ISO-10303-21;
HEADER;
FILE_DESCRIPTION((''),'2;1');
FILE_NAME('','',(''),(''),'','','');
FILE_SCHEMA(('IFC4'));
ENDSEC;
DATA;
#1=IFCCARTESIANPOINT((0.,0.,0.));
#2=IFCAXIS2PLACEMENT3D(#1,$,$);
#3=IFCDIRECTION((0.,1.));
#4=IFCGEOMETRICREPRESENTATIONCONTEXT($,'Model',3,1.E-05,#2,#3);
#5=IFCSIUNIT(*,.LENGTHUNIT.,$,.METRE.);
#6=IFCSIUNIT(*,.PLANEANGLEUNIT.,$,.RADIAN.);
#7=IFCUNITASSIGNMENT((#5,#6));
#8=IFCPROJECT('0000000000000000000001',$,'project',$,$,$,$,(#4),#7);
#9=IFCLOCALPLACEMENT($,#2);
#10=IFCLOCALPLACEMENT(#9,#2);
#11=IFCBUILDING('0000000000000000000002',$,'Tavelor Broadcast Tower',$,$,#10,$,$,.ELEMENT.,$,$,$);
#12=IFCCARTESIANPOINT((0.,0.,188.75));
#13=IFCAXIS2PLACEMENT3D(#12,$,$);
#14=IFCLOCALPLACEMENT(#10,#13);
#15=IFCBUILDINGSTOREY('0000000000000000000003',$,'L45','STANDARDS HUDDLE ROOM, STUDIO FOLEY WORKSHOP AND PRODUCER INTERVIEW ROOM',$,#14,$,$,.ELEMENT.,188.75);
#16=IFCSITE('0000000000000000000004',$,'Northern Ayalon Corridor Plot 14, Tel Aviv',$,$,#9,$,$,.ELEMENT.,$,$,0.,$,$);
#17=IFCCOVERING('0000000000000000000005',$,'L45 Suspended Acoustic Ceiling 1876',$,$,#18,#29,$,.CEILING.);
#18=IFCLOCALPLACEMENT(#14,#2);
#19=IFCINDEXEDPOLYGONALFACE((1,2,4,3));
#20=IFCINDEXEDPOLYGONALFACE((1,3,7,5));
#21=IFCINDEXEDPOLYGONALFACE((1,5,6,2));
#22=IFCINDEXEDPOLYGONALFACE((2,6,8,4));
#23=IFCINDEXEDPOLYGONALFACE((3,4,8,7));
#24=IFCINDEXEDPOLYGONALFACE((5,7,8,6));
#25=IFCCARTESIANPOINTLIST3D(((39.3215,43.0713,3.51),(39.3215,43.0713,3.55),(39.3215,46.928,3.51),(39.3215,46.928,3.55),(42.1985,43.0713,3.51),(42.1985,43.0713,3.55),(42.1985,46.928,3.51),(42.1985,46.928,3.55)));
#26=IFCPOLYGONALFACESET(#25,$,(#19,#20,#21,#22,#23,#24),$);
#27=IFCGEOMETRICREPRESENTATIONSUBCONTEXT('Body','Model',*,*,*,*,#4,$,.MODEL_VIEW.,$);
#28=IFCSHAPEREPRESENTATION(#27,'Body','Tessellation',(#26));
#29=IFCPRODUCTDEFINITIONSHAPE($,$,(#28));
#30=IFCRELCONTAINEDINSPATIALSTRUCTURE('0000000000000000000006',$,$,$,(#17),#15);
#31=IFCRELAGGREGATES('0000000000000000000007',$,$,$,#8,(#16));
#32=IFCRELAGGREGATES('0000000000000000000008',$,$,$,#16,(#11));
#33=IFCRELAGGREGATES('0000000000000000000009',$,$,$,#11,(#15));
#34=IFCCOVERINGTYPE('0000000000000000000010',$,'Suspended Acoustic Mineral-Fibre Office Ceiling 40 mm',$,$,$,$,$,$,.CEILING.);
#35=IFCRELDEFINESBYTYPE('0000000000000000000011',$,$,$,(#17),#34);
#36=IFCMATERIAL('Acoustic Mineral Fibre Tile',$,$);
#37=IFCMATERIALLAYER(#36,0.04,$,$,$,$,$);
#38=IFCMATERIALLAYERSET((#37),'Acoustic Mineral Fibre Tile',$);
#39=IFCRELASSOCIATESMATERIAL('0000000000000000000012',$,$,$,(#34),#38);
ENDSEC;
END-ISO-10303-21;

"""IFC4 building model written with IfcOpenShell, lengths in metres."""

from ifc_helpers import new_model, si_unit, direction, frame, origin, place, context, subcontext, project, spatial, polyline, outline, extrude, material, layer, layer_set, type_object, element, save


model = new_model("IFC4")

# Units and contexts
model_context = context("Model", 3, precision=1e-05, world=origin(), true_north=direction((0.0, 1.0)))
body_context = subcontext(model_context, "Body", "Model", "MODEL_VIEW")
ifc_project = project(units=[si_unit("LENGTHUNIT", "METRE"), si_unit("PLANEANGLEUNIT", "RADIAN")], contexts=[model_context])

# Site, building, storey
site_placement = place(None, origin())
site = spatial("IfcSite", under=ifc_project, at=site_placement, Name="Northern Ayalon Corridor Plot 14, Tel Aviv", CompositionType="ELEMENT", RefElevation=0.0)
building_placement = place(site_placement, origin())
building = spatial("IfcBuilding", under=site, at=building_placement, Name="Tavelor Broadcast Tower", CompositionType="ELEMENT")
storey_placement = place(building_placement, frame((0.0, 0.0, 188.75)))
storey = spatial("IfcBuildingStorey", under=building, at=storey_placement, Name="L45", Description="STANDARDS HUDDLE ROOM, STUDIO FOLEY WORKSHOP AND PRODUCER INTERVIEW ROOM", CompositionType="ELEMENT", Elevation=188.75)

# Covering
ifc_material_1 = material(Name="Acoustic Mineral Fibre Tile")
ifc_layer_1 = layer(ifc_material_1, 0.04)
ifc_layer_set_1 = layer_set([ifc_layer_1], Name="Acoustic Mineral Fibre Tile")
covering_type_1 = type_object("IfcCoveringType", Name="Suspended Acoustic Mineral-Fibre Office Ceiling 40 mm", PredefinedType="CEILING", material=ifc_layer_set_1)
covering_1_placement = place(storey_placement, frame((0.0, 0.0, 3.51)))
element("IfcCovering", 1, at=covering_1_placement, inside=storey, type_object=covering_type_1, Name="L45 Suspended Acoustic Ceiling 1876", PredefinedType="CEILING", context=body_context, shape_type="SweptSolid", body=[
    extrude(outline(polyline([(39.3215, 43.0713), (42.1985, 43.0713), (42.1985, 46.928), (39.3215, 46.928), (39.3215, 43.0713)])), origin(), (0.0, 0.0, 1.0), 0.04),
])

save(model, "model.ifc")
